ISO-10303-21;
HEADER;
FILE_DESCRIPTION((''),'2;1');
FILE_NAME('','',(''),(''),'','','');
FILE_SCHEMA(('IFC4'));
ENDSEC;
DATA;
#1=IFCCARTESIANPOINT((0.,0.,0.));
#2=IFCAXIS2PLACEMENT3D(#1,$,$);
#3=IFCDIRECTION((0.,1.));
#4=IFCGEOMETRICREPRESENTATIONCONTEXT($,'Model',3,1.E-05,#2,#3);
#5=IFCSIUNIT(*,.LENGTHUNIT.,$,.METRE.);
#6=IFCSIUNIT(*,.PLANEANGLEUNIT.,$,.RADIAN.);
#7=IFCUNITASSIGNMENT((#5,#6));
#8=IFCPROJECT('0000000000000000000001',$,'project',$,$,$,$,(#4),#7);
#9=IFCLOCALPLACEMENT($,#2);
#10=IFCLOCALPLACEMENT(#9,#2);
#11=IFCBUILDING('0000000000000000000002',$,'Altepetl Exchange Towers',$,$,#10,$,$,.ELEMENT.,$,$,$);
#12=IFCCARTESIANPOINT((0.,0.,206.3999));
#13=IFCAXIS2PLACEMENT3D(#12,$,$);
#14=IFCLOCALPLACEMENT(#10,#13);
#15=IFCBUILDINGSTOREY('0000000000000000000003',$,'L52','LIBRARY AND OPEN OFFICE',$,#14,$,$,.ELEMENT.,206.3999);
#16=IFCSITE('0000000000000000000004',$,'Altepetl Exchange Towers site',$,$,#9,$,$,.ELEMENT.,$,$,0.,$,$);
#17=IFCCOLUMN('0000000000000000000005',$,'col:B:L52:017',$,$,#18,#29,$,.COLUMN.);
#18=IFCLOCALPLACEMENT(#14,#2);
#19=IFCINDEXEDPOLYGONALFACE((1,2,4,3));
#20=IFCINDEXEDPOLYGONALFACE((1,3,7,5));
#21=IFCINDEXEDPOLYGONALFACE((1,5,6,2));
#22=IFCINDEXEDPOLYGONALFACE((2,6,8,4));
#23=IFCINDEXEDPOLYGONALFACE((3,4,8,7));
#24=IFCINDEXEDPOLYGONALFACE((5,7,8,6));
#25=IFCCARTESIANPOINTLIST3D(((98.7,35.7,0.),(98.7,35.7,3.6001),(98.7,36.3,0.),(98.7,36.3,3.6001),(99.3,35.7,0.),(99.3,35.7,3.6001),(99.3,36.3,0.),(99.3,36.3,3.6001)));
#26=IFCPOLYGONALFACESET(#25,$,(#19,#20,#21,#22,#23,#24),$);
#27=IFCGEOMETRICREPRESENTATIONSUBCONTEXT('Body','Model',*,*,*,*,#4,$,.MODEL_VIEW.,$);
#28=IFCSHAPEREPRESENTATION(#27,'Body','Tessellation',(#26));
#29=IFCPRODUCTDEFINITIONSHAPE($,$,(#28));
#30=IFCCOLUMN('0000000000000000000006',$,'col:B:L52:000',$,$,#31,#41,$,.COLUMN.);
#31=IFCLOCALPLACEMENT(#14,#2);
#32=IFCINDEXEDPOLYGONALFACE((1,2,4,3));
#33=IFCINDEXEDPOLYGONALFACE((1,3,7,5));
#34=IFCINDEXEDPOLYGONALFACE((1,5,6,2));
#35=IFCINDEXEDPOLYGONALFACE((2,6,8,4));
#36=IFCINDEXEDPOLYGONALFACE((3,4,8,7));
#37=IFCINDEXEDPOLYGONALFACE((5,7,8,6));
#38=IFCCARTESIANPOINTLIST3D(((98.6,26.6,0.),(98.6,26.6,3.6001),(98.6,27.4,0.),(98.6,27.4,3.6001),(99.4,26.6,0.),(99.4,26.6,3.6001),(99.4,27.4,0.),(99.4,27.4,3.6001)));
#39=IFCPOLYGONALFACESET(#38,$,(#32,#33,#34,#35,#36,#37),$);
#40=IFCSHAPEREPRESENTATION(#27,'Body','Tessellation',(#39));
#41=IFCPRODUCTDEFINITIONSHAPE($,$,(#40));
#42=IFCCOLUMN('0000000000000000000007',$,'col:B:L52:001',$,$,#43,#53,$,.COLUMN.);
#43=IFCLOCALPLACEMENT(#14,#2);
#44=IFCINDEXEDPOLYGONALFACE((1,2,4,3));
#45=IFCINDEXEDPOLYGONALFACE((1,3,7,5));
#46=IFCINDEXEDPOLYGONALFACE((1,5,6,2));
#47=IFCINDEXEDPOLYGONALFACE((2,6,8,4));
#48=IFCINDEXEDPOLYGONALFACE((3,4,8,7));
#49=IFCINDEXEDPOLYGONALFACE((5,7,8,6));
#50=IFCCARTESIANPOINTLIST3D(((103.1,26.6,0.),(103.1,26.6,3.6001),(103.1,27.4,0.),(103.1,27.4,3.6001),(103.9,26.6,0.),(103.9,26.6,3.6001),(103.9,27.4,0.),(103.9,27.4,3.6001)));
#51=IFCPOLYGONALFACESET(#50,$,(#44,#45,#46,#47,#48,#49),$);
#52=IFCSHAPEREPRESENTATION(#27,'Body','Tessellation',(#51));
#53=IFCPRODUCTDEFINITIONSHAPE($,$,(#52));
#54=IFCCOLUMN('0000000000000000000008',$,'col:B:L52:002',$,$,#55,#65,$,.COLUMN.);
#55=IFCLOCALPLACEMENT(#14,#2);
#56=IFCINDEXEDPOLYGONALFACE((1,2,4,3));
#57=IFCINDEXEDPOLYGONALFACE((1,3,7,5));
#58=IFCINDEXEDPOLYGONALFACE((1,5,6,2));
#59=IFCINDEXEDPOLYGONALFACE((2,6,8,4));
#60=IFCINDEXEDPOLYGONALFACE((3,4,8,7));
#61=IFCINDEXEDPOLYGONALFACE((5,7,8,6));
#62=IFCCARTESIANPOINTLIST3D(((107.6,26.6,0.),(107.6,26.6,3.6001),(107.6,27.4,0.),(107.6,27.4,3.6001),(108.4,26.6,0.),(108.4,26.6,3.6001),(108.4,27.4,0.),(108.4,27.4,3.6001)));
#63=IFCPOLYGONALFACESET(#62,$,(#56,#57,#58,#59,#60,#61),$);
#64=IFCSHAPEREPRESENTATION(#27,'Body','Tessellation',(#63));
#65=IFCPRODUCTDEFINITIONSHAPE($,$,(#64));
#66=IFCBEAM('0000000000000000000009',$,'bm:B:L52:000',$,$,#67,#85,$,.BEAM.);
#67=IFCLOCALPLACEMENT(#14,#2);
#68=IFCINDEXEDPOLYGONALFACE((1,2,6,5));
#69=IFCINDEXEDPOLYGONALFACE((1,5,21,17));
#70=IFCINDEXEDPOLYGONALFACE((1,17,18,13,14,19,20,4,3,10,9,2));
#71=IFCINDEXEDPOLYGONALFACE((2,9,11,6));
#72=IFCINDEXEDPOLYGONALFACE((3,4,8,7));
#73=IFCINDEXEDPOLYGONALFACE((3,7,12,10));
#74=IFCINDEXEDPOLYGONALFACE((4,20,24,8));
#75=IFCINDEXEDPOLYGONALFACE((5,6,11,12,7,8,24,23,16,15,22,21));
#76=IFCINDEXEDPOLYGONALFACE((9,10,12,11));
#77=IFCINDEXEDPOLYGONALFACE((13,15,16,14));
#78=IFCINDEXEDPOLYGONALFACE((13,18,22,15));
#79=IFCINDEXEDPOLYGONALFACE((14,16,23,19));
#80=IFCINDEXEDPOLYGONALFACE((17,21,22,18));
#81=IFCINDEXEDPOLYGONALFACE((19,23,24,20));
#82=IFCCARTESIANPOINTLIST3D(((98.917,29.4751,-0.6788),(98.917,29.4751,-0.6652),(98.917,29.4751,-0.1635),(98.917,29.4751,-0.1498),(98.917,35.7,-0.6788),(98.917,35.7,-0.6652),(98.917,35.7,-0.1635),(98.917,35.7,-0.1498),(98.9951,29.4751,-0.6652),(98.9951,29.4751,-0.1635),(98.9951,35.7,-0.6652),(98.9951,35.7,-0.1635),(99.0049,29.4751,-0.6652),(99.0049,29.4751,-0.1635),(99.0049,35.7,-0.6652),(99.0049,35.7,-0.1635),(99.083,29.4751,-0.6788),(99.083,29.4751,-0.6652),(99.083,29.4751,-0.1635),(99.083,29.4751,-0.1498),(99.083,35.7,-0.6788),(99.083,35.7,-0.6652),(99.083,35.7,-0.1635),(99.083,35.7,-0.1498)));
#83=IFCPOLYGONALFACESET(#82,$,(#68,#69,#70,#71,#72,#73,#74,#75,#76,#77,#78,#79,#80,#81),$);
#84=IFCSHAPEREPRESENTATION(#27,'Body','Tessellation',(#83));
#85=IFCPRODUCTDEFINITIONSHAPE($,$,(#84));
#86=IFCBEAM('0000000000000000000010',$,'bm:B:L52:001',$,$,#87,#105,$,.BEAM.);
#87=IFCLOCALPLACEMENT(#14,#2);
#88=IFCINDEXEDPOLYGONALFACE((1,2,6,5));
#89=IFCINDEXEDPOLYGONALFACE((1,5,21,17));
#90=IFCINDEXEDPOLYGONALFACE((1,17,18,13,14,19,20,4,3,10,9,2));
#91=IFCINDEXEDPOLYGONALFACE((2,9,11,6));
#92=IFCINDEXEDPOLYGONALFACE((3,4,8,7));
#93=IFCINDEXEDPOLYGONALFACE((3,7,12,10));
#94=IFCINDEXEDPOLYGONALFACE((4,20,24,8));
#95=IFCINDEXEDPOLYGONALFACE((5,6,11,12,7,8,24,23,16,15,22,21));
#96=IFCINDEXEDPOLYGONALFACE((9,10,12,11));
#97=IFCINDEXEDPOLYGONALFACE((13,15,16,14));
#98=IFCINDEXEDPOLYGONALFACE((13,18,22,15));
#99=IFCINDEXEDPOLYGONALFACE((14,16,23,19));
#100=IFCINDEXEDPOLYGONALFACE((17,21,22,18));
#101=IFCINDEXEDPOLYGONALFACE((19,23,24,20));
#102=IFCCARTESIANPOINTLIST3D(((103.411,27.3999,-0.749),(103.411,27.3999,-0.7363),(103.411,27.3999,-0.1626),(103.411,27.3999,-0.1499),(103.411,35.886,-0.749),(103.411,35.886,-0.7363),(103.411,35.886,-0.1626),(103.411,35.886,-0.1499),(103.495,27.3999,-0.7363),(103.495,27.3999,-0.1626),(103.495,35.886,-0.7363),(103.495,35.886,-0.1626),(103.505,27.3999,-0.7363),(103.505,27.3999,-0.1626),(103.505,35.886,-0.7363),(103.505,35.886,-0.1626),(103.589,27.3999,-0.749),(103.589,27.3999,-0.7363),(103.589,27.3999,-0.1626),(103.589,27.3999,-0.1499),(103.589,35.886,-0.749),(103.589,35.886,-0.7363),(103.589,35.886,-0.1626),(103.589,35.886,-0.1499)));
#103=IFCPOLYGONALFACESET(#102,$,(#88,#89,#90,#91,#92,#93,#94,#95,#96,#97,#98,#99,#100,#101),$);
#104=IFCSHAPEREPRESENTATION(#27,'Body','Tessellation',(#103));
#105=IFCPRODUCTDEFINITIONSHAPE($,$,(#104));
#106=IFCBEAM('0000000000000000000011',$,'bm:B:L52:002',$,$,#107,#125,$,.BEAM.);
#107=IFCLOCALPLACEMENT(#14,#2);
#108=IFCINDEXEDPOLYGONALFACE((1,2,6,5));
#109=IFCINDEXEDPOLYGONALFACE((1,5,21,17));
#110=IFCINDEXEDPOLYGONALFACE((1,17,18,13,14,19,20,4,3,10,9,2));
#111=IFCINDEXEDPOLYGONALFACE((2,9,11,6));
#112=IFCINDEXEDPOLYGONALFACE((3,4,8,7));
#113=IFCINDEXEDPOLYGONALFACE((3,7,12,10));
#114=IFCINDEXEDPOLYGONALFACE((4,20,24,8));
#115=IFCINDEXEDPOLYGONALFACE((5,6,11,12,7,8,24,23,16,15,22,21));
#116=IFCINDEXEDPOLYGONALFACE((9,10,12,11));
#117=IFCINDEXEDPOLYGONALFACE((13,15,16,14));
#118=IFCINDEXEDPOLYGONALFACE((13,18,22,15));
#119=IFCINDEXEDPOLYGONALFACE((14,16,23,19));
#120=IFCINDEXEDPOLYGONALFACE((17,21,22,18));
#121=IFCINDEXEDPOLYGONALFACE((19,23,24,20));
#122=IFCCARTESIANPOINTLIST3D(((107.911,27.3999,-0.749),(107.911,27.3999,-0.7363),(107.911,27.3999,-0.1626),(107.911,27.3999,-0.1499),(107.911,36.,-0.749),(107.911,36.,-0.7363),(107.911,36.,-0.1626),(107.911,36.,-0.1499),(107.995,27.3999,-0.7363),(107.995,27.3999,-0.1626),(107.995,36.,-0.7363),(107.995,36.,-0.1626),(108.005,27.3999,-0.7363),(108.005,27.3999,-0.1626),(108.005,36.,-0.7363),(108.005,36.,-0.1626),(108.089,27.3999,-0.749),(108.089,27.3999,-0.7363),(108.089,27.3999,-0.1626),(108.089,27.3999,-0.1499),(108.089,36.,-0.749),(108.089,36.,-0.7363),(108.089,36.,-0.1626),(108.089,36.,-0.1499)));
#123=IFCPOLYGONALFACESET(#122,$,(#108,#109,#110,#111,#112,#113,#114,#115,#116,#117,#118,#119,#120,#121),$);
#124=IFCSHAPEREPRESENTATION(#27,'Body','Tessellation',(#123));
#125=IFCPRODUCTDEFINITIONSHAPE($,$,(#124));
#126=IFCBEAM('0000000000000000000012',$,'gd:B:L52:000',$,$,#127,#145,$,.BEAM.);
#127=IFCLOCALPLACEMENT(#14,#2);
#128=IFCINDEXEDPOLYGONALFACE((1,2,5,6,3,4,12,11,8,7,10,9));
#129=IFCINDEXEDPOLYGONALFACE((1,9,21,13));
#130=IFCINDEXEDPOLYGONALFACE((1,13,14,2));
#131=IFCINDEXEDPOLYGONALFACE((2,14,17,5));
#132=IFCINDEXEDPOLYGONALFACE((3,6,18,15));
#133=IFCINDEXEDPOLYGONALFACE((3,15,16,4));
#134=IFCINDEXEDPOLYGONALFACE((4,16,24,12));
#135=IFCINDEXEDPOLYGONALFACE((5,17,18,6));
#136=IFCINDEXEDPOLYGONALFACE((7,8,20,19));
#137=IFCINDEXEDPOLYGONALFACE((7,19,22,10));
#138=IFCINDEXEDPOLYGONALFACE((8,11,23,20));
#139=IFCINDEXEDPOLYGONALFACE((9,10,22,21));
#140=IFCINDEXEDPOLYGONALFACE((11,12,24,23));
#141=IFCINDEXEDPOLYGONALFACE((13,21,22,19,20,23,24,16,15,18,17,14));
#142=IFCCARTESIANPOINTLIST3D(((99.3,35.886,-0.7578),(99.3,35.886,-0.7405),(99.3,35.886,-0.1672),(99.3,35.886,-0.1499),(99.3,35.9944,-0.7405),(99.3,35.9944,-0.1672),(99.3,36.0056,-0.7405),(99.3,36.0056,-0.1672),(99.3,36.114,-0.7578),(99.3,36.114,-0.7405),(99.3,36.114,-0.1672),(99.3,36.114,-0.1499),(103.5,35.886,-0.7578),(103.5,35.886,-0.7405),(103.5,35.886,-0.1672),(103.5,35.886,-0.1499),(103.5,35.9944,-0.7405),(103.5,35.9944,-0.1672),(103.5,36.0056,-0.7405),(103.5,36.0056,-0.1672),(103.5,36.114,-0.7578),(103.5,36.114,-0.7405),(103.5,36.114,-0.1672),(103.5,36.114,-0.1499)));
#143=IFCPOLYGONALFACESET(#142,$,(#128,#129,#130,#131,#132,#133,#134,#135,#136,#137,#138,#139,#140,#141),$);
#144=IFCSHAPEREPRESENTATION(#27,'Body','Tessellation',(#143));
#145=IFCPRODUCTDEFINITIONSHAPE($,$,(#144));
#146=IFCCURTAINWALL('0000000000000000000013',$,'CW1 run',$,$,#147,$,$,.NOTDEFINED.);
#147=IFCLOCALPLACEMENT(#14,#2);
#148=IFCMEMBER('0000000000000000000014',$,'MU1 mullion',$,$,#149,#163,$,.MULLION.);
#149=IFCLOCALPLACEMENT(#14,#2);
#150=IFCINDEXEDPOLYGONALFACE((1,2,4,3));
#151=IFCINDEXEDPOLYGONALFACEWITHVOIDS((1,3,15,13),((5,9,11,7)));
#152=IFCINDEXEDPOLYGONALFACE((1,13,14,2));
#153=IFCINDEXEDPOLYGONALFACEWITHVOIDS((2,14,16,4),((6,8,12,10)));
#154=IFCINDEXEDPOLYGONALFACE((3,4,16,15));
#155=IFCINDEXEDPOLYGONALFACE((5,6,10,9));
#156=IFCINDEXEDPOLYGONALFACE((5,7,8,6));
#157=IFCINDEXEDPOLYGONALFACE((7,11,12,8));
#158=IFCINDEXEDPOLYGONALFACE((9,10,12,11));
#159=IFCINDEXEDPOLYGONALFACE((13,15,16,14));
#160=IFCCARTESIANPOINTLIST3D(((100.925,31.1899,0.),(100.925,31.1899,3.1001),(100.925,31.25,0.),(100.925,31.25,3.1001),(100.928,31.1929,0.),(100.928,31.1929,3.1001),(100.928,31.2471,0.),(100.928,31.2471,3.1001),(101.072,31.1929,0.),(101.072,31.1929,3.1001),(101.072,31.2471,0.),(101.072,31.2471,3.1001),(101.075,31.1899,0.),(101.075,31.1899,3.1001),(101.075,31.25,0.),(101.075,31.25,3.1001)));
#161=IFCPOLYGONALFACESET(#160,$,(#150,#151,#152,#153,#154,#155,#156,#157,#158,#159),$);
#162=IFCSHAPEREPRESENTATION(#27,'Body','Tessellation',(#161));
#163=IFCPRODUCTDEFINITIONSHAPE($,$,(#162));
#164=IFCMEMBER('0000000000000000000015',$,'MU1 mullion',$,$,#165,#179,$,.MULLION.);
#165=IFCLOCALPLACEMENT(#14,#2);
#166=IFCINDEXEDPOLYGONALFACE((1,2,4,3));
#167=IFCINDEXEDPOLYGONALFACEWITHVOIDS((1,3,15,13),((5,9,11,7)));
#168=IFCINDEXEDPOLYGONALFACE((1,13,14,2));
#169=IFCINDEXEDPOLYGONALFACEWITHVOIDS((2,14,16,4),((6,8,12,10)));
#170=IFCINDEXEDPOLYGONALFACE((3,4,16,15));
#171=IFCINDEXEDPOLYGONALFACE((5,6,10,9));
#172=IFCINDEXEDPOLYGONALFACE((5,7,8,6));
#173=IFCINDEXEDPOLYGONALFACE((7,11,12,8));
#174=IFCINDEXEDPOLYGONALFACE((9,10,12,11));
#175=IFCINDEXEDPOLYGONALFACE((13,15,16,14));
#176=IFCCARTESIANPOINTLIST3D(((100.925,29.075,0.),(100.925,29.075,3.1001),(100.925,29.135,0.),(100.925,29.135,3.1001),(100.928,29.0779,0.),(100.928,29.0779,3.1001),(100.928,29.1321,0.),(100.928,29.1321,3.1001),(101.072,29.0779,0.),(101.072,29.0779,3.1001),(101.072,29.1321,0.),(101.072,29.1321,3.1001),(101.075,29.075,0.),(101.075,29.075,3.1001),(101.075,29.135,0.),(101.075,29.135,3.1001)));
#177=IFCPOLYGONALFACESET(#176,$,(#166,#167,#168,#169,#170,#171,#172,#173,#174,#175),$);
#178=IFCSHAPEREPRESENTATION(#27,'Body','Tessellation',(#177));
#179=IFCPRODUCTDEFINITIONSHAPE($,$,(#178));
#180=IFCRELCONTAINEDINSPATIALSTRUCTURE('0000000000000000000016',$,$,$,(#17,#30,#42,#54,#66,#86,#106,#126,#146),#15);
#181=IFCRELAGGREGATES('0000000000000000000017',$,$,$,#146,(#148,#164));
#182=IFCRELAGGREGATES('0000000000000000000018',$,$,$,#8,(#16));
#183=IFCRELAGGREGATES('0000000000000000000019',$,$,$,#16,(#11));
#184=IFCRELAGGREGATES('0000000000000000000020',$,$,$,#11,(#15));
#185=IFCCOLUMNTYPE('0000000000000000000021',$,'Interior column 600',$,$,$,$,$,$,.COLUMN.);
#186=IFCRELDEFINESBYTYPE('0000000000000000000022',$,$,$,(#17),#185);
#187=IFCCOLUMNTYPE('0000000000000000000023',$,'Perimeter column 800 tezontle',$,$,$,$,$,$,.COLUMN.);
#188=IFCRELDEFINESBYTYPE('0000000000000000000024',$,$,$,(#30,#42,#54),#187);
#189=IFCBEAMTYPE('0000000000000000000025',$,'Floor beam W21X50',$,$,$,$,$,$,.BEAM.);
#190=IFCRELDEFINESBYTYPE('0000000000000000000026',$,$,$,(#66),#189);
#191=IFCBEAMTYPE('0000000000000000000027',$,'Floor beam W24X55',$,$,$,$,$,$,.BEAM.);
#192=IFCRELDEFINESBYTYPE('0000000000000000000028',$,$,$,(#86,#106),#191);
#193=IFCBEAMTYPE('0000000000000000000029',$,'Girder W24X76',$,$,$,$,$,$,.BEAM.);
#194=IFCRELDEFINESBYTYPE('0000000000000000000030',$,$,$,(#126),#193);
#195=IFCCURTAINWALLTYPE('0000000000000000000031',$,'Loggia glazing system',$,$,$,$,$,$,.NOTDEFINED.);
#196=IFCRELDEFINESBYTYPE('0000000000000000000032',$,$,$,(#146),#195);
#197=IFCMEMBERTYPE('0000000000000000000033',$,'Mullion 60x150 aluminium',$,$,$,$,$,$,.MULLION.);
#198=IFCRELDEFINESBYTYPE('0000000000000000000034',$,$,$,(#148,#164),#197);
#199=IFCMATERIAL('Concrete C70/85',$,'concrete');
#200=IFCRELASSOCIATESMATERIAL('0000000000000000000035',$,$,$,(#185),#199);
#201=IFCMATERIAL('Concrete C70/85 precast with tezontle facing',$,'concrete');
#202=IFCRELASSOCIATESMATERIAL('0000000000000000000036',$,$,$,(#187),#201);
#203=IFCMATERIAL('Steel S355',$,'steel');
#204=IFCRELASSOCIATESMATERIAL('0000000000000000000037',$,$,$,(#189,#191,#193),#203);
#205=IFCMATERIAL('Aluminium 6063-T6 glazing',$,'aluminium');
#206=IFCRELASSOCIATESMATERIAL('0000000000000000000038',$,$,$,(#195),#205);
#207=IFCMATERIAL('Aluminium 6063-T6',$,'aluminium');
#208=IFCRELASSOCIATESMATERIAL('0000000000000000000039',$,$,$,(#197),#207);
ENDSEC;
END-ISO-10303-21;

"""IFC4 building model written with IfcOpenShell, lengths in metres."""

from ifc_helpers import new_model, si_unit, direction, frame, origin, origin_2d, place, context, subcontext, project, spatial, rectangle, hollow_rectangle, i_section, extrude, material, material_profile, profile_set, type_object, element, aggregate, save


model = new_model("IFC4")

# Units and contexts
model_context = context("Model", 3, precision=1e-05, world=origin(), true_north=direction((0.0, 1.0)))
body_context = subcontext(model_context, "Body", "Model", "MODEL_VIEW")
ifc_project = project(units=[si_unit("LENGTHUNIT", "METRE"), si_unit("PLANEANGLEUNIT", "RADIAN")], contexts=[model_context])

# Site, building, storey
site_placement = place(None, origin())
site = spatial("IfcSite", under=ifc_project, at=site_placement, Name="Altepetl Exchange Towers site", CompositionType="ELEMENT", RefElevation=0.0)
building_placement = place(site_placement, origin())
building = spatial("IfcBuilding", under=site, at=building_placement, Name="Altepetl Exchange Towers", CompositionType="ELEMENT")
storey_placement = place(building_placement, frame((0.0, 0.0, 206.3999)))
storey = spatial("IfcBuildingStorey", under=building, at=storey_placement, Name="L52", Description="LIBRARY AND OPEN OFFICE", CompositionType="ELEMENT", Elevation=206.3999)

# Columns
ifc_material_1 = material(Name="Concrete C70/85", Category="concrete")
ifc_material_profile_1 = material_profile(ifc_material_1, rectangle(XDim=0.6001, YDim=0.6001, at=origin_2d()), Name="600 x 600")
ifc_profile_set_1 = profile_set([ifc_material_profile_1], Name="Concrete C70/85")
column_type_1 = type_object("IfcColumnType", Name="Interior column 600", PredefinedType="COLUMN", material=ifc_profile_set_1)
column_placement = place(storey_placement, frame((99.0, 36.0, 0.0)))
element("IfcColumn", 1, at=column_placement, inside=storey, type_object=column_type_1, Name="col:B:L52:017", PredefinedType="COLUMN", context=body_context, shape_type="SweptSolid", body=[
    extrude(rectangle(XDim=0.6001, YDim=0.6001, at=origin_2d()), origin(), (0.0, 0.0, 1.0), 3.6001),
])
ifc_material_2 = material(Name="Concrete C70/85 precast with tezontle facing", Category="concrete")
ifc_material_profile_2 = material_profile(ifc_material_2, rectangle(XDim=0.8, YDim=0.8, at=origin_2d()), Name="800 x 800")
ifc_profile_set_2 = profile_set([ifc_material_profile_2], Name="Concrete C70/85 precast with tezontle facing")
column_type_2 = type_object("IfcColumnType", Name="Perimeter column 800 tezontle", PredefinedType="COLUMN", material=ifc_profile_set_2)
for number, where, name in (
    (2, (99.0, 27.0, 0.0), "col:B:L52:000"),
    (3, (103.5, 27.0, 0.0), "col:B:L52:001"),
    (4, (108.0, 27.0, 0.0), "col:B:L52:002"),
):
    element("IfcColumn", number, at=place(storey_placement, frame(where)), inside=storey, type_object=column_type_2, Name=name, PredefinedType="COLUMN", context=body_context, shape_type="SweptSolid", body=[
        extrude(rectangle(XDim=0.8, YDim=0.8, at=origin_2d()), origin(), (0.0, 0.0, 1.0), 3.6001),
    ])

# Beams
ifc_material_3 = material(Name="Steel S355", Category="steel")
ifc_material_profile_3 = material_profile(ifc_material_3, i_section(OverallWidth=0.166, OverallDepth=0.5291, WebThickness=0.0098, FlangeThickness=0.0137, at=origin_2d()), Name="W21X50")
ifc_profile_set_3 = profile_set([ifc_material_profile_3], Name="Steel S355")
beam_type_1 = type_object("IfcBeamType", Name="Floor beam W21X50", PredefinedType="BEAM", material=ifc_profile_set_3)
beam_1_placement = place(storey_placement, frame((99.0, 29.4751, -0.4143), z_axis=(0.0, 1.0, 0.0), x_axis=(-1.0, 0.0, 0.0)))
element("IfcBeam", 5, at=beam_1_placement, inside=storey, type_object=beam_type_1, Name="bm:B:L52:000", PredefinedType="BEAM", context=body_context, shape_type="SweptSolid", body=[
    extrude(i_section(OverallWidth=0.166, OverallDepth=0.5291, WebThickness=0.0098, FlangeThickness=0.0137, at=origin_2d()), origin(), (0.0, 0.0, 1.0), 6.2249),
])
ifc_material_profile_4 = material_profile(ifc_material_3, i_section(OverallWidth=0.178, OverallDepth=0.5991, WebThickness=0.01, FlangeThickness=0.0127, at=origin_2d()), Name="W24X55")
ifc_profile_set_4 = profile_set([ifc_material_profile_4], Name="Steel S355")
beam_type_2 = type_object("IfcBeamType", Name="Floor beam W24X55", PredefinedType="BEAM", material=ifc_profile_set_4)
beam_2_placement = place(storey_placement, frame((103.5, 27.3999, -0.4495), z_axis=(0.0, 1.0, 0.0), x_axis=(-1.0, 0.0, 0.0)))
element("IfcBeam", 6, at=beam_2_placement, inside=storey, type_object=beam_type_2, Name="bm:B:L52:001", PredefinedType="BEAM", context=body_context, shape_type="SweptSolid", body=[
    extrude(i_section(OverallWidth=0.178, OverallDepth=0.5991, WebThickness=0.01, FlangeThickness=0.0127, at=origin_2d()), origin(), (0.0, 0.0, 1.0), 8.4861),
])
beam_3_placement = place(storey_placement, frame((108.0, 27.3999, -0.4495), z_axis=(0.0, 1.0, 0.0), x_axis=(-1.0, 0.0, 0.0)))
element("IfcBeam", 7, at=beam_3_placement, inside=storey, type_object=beam_type_2, Name="bm:B:L52:002", PredefinedType="BEAM", context=body_context, shape_type="SweptSolid", body=[
    extrude(i_section(OverallWidth=0.178, OverallDepth=0.5991, WebThickness=0.01, FlangeThickness=0.0127, at=origin_2d()), origin(), (0.0, 0.0, 1.0), 8.6001),
])
ifc_material_profile_5 = material_profile(ifc_material_3, i_section(OverallWidth=0.228, OverallDepth=0.6079, WebThickness=0.0112, FlangeThickness=0.0173, at=origin_2d()), Name="W24X76")
ifc_profile_set_5 = profile_set([ifc_material_profile_5], Name="Steel S355")
beam_type_3 = type_object("IfcBeamType", Name="Girder W24X76", PredefinedType="BEAM", material=ifc_profile_set_5)
beam_4_placement = place(storey_placement, frame((103.5, 36.0, -0.4539), z_axis=(-1.0, 0.0, 0.0), x_axis=(0.0, -1.0, 0.0)))
element("IfcBeam", 8, at=beam_4_placement, inside=storey, type_object=beam_type_3, Name="gd:B:L52:000", PredefinedType="BEAM", context=body_context, shape_type="SweptSolid", body=[
    extrude(i_section(OverallWidth=0.228, OverallDepth=0.6079, WebThickness=0.0112, FlangeThickness=0.0173, at=origin_2d()), origin(), (0.0, 0.0, 1.0), 4.2),
])

# Curtain wall, members
ifc_material_4 = material(Name="Aluminium 6063-T6 glazing", Category="aluminium")
curtain_wall_type = type_object("IfcCurtainWallType", Name="Loggia glazing system", PredefinedType="NOTDEFINED", material=ifc_material_4)
curtain_wall_1_placement = place(storey_placement, origin())
curtain_wall_1 = element("IfcCurtainWall", 9, at=curtain_wall_1_placement, inside=storey, type_object=curtain_wall_type, Name="CW1 run", PredefinedType="NOTDEFINED")
ifc_material_5 = material(Name="Aluminium 6063-T6", Category="aluminium")
ifc_material_profile_6 = material_profile(ifc_material_5, hollow_rectangle(XDim=0.0601, YDim=0.1499, WallThickness=0.0029, at=origin_2d()), Name="Mullion 60x150 aluminium")
ifc_profile_set_6 = profile_set([ifc_material_profile_6], Name="Aluminium 6063-T6")
member_type = type_object("IfcMemberType", Name="Mullion 60x150 aluminium", PredefinedType="MULLION", material=ifc_profile_set_6)
member_1_placement = place(storey_placement, frame((101.0, 31.22, 0.0), z_axis=(0.0, 0.0, 1.0), x_axis=(0.0, -1.0, 0.0)))
member_1 = element("IfcMember", 10, at=member_1_placement, type_object=member_type, Name="MU1 mullion", PredefinedType="MULLION", context=body_context, shape_type="SweptSolid", body=[
    extrude(hollow_rectangle(XDim=0.0601, YDim=0.1499, WallThickness=0.0029, at=origin_2d()), origin(), (0.0, 0.0, 1.0), 3.1001),
])
member_2_placement = place(storey_placement, frame((101.0, 29.105, 0.0), z_axis=(0.0, 0.0, 1.0), x_axis=(0.0, -1.0, 0.0)))
member_2 = element("IfcMember", 11, at=member_2_placement, type_object=member_type, Name="MU1 mullion", PredefinedType="MULLION", context=body_context, shape_type="SweptSolid", body=[
    extrude(hollow_rectangle(XDim=0.0601, YDim=0.1499, WallThickness=0.0029, at=origin_2d()), origin(), (0.0, 0.0, 1.0), 3.1001),
])

aggregate(curtain_wall_1, [member_1, member_2])

save(model, "model.ifc")
